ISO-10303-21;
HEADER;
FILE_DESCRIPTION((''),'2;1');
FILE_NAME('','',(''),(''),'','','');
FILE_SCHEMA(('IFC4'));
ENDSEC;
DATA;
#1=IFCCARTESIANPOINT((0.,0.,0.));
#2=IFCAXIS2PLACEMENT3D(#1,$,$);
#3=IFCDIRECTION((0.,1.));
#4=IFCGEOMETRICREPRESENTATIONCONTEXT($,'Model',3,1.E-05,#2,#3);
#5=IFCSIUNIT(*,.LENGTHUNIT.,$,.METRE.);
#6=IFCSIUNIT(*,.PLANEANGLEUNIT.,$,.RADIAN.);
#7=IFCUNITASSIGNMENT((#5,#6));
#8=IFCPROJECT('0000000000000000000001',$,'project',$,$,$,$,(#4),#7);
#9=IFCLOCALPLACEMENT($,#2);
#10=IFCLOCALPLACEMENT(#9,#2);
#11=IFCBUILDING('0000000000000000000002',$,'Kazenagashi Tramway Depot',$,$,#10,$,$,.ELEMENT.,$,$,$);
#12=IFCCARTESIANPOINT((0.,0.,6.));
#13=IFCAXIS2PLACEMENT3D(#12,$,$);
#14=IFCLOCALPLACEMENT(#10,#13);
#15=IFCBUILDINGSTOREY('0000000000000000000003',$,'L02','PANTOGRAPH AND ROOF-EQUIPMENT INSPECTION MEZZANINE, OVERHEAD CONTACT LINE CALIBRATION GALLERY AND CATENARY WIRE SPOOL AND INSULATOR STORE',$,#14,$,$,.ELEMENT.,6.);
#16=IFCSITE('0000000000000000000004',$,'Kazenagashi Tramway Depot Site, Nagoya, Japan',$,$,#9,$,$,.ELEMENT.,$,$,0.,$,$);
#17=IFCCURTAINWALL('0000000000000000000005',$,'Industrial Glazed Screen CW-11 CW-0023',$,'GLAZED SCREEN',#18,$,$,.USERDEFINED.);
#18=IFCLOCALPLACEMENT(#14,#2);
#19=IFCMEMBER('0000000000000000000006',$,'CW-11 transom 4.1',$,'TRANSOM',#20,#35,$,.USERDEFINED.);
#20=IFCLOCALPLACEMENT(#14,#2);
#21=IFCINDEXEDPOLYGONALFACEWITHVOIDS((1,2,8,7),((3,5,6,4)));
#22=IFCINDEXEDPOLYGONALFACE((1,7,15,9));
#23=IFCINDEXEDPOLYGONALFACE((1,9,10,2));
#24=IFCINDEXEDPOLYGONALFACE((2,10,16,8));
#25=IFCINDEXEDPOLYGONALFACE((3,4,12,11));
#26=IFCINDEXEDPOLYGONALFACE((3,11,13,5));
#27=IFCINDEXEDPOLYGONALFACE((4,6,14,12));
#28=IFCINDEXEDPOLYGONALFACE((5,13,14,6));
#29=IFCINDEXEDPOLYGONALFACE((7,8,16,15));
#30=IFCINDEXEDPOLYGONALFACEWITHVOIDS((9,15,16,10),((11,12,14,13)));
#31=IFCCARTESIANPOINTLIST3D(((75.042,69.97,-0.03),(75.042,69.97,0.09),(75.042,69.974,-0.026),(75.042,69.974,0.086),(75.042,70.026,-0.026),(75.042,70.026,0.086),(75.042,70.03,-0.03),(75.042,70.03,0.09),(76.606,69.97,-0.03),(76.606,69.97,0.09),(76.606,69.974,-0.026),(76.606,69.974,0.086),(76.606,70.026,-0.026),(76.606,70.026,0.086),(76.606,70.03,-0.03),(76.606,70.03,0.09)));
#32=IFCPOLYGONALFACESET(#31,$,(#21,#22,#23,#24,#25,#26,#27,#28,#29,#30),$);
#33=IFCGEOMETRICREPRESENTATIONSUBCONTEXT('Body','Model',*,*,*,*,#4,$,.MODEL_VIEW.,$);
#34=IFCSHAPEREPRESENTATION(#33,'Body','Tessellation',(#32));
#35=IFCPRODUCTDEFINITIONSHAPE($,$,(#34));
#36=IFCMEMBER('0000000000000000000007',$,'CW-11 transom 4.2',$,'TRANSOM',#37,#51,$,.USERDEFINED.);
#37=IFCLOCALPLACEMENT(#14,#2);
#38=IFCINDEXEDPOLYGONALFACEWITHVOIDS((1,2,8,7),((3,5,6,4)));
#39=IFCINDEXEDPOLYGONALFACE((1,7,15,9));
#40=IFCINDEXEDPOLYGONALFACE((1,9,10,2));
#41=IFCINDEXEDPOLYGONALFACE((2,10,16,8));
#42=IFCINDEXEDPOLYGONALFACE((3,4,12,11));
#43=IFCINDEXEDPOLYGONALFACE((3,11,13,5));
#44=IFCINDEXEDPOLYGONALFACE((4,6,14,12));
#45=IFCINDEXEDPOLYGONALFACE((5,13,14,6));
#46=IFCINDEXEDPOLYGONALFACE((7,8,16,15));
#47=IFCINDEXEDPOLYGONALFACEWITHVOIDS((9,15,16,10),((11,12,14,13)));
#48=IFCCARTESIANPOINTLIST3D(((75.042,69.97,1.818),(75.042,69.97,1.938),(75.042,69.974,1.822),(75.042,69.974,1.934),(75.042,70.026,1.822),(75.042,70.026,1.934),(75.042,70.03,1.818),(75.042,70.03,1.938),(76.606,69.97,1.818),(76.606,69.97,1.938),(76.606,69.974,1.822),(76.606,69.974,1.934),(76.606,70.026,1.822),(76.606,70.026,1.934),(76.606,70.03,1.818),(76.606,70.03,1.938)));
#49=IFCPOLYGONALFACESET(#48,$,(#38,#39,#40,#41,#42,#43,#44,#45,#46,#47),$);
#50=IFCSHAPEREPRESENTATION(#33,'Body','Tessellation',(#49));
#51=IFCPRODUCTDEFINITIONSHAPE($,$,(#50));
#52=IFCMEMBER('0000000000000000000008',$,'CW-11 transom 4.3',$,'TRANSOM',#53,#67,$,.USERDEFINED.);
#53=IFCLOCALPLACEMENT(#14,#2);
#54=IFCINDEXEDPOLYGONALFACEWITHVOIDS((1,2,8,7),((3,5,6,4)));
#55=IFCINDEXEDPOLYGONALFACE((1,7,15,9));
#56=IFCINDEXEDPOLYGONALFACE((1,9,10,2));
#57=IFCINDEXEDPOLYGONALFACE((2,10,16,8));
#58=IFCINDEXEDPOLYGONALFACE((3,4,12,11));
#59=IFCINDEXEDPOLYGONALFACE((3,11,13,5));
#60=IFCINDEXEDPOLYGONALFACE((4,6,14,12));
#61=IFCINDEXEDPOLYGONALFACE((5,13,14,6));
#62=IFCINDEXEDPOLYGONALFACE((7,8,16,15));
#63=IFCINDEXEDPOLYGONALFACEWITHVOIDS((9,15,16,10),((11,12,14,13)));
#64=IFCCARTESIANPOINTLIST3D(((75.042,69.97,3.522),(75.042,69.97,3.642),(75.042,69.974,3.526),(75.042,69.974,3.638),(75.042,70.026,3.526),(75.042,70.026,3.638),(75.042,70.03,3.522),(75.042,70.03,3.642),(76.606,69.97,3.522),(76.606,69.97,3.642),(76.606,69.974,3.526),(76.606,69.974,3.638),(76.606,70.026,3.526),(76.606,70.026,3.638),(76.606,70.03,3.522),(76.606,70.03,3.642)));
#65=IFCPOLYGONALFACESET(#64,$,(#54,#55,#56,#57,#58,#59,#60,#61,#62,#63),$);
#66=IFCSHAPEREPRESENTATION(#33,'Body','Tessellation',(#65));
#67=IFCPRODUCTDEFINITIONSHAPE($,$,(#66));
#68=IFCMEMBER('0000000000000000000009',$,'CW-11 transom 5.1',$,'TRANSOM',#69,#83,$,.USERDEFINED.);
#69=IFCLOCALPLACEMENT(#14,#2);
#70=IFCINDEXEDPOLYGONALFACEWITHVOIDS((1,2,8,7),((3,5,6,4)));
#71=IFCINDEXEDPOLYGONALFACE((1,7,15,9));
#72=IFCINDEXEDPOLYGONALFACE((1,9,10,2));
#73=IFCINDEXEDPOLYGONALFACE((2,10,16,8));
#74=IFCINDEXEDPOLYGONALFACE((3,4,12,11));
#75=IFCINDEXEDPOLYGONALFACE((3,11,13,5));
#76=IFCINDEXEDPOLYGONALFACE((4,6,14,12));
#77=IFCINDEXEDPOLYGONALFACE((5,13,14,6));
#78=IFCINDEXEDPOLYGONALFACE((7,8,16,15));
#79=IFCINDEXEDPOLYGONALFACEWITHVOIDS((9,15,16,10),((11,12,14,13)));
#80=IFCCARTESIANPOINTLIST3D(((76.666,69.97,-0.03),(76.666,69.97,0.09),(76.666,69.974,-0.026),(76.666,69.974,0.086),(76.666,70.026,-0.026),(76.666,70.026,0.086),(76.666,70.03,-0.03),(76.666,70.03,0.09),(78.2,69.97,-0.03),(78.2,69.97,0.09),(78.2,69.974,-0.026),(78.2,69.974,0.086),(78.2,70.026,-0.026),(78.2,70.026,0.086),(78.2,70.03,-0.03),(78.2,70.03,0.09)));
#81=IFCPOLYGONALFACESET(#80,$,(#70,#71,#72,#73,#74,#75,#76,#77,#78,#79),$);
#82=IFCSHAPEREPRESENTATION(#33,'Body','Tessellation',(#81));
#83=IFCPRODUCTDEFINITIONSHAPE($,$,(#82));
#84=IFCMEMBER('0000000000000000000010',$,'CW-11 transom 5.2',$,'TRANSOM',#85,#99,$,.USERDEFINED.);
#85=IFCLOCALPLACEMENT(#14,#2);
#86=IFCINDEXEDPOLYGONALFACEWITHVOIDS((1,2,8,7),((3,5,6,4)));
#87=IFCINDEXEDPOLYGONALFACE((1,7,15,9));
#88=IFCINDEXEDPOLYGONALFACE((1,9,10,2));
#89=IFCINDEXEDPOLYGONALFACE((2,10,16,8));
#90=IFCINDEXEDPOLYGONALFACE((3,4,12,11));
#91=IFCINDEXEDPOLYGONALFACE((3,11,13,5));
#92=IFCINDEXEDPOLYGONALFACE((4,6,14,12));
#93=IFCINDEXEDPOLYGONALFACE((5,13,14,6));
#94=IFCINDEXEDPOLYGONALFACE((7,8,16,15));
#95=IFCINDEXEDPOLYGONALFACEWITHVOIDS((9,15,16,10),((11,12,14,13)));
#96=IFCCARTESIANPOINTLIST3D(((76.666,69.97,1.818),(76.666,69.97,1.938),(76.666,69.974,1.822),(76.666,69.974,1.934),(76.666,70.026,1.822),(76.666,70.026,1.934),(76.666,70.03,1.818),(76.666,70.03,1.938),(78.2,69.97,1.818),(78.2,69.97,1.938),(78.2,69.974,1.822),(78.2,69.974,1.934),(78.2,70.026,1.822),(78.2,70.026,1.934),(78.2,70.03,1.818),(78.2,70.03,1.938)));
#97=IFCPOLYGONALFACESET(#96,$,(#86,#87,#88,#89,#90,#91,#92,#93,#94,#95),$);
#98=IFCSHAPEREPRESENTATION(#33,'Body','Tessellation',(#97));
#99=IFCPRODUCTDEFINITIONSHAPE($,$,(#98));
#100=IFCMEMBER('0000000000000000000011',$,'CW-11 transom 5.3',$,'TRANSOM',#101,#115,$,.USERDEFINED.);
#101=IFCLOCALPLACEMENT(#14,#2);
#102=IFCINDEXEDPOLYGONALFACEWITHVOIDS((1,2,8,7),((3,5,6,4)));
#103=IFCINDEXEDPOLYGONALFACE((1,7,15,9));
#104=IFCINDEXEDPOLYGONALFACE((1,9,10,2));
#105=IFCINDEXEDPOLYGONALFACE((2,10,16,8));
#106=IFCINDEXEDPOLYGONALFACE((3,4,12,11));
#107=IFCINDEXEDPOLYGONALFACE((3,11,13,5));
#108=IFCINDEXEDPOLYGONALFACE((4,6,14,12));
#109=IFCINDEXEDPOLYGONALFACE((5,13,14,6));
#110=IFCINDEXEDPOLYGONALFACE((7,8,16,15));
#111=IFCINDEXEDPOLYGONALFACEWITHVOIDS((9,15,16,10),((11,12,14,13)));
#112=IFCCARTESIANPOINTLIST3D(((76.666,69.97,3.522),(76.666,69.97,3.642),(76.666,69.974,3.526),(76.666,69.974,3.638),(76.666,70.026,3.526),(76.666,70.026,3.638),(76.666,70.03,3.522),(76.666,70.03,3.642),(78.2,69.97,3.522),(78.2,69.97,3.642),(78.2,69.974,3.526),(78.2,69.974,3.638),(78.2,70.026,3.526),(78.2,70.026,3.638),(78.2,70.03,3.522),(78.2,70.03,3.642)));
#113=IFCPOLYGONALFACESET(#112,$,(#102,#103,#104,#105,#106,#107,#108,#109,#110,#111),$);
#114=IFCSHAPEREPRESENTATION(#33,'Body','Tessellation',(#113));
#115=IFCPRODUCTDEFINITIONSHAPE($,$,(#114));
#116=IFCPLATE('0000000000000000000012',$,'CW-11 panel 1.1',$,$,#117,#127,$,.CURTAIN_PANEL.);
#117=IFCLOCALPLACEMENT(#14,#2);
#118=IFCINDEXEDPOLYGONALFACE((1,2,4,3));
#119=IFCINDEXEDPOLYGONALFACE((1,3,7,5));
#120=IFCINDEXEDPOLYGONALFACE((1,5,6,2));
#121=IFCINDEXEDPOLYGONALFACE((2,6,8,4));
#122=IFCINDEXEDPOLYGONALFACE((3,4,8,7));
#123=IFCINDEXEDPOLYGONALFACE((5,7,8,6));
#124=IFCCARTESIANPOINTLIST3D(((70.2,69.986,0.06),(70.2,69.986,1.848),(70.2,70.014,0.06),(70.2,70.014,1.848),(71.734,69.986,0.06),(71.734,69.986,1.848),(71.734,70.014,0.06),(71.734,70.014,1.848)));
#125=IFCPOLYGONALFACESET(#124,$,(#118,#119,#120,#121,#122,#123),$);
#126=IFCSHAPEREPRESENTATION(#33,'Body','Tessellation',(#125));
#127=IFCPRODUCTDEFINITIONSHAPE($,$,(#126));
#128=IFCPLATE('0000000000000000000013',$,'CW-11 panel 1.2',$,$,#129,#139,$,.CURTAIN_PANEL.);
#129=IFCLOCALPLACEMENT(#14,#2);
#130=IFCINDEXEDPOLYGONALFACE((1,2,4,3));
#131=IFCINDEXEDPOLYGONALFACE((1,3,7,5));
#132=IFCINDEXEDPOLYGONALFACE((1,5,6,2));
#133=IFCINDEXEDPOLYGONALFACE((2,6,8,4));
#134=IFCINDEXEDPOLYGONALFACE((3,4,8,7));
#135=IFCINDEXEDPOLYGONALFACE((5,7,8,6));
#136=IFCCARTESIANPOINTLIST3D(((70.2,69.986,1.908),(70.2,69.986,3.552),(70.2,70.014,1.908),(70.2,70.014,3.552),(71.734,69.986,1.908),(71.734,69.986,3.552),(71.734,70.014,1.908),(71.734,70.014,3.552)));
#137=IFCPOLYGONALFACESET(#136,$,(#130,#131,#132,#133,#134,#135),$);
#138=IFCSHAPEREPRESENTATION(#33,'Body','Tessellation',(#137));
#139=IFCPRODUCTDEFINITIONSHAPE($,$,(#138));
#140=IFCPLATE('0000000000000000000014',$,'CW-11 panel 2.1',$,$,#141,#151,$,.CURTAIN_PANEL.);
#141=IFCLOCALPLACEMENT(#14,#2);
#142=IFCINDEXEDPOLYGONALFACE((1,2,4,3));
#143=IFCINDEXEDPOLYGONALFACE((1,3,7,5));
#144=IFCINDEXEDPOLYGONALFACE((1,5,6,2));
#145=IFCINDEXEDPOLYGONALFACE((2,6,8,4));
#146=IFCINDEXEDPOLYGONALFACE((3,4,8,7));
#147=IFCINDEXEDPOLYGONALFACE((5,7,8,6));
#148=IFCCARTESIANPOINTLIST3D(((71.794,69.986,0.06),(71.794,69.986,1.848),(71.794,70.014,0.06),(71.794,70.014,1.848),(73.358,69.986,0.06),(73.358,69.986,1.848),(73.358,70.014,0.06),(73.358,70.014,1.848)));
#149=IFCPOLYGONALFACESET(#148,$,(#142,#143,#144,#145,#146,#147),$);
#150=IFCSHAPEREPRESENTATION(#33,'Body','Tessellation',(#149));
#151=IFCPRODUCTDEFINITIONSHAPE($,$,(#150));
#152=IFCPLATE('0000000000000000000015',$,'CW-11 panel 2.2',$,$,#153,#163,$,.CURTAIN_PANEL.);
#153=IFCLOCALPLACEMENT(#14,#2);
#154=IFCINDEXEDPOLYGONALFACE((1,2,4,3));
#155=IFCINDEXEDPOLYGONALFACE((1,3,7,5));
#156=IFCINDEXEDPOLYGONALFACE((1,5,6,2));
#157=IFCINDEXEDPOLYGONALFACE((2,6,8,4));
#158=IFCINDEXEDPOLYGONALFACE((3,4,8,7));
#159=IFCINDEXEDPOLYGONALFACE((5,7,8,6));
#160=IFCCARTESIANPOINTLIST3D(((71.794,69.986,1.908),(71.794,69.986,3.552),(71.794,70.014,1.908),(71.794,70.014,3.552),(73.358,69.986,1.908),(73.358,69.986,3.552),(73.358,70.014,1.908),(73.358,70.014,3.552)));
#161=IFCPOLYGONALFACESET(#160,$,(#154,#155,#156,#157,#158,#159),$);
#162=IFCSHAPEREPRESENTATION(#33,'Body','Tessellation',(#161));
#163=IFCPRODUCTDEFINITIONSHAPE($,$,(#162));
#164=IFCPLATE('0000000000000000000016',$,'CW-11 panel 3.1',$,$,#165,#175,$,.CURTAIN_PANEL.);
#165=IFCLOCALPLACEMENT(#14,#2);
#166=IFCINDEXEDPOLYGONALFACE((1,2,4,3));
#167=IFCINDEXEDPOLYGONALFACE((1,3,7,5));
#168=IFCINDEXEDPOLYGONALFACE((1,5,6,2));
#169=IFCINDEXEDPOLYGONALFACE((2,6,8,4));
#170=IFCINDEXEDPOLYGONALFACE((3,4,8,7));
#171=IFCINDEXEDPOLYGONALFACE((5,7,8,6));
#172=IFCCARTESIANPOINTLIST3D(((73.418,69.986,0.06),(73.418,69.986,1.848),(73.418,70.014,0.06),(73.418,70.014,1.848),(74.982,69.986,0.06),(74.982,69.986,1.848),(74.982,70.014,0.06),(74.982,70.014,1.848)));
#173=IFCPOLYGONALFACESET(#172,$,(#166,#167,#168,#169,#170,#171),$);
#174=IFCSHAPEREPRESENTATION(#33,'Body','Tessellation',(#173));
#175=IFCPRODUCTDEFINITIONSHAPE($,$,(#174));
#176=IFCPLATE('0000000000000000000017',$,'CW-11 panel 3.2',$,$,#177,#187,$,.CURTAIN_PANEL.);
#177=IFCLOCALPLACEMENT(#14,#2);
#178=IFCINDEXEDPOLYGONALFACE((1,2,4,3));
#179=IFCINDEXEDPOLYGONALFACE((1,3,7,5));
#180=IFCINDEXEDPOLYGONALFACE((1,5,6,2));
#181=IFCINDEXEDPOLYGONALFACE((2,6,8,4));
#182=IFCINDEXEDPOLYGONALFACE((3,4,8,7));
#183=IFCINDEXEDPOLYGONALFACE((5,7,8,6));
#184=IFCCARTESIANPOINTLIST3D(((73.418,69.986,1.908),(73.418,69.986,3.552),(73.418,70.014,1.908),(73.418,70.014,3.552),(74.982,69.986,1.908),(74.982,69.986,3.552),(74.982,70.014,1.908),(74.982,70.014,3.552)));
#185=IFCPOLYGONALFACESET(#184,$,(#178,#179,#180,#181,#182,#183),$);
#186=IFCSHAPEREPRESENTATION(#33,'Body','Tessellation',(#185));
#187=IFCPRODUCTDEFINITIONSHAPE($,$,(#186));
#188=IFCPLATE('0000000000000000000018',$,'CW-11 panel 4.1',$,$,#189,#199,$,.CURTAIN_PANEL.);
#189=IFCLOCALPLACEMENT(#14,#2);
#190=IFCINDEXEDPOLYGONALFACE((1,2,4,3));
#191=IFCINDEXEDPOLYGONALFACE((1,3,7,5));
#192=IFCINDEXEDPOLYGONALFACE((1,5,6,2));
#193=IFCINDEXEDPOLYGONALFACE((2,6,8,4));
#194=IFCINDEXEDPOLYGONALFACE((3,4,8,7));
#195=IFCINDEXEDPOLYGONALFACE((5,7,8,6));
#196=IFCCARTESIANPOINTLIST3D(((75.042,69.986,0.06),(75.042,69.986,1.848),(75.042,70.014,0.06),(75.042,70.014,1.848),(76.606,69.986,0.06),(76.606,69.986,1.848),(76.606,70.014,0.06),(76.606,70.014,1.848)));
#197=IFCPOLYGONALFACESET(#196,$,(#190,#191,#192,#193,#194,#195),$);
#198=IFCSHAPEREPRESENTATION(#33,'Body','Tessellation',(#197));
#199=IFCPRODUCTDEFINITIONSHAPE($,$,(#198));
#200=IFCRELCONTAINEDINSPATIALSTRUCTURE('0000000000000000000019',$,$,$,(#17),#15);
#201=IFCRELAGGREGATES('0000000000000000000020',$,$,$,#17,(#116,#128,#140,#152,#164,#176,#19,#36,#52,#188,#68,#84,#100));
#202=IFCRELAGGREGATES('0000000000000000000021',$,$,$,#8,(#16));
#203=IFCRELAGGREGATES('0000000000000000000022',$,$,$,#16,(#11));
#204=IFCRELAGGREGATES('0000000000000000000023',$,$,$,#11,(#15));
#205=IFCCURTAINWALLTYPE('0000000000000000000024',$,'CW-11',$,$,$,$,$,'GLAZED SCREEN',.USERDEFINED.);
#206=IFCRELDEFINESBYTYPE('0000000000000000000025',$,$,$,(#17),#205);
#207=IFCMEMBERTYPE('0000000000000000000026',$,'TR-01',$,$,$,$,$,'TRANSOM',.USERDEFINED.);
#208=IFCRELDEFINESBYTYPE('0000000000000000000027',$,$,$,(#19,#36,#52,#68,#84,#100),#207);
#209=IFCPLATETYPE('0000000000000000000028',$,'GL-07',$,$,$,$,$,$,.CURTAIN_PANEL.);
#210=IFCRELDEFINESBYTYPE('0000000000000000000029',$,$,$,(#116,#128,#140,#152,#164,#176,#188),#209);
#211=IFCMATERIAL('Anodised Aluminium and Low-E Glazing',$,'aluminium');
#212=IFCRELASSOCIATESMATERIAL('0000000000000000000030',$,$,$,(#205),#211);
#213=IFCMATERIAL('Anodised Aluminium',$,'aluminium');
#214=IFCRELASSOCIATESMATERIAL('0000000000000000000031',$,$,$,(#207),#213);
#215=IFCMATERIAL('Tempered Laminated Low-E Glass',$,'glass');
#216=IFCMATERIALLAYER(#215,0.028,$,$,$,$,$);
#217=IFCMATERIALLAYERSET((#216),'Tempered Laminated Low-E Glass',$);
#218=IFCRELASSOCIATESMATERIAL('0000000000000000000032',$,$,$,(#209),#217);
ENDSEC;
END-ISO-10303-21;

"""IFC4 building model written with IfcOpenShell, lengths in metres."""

from ifc_helpers import new_model, si_unit, direction, frame, origin, origin_2d, place, context, subcontext, project, spatial, rectangle, hollow_rectangle, extrude, material, layer, layer_set, material_profile, profile_set, type_object, element, aggregate, save


model = new_model("IFC4")

# Units and contexts
model_context = context("Model", 3, precision=1e-05, world=origin(), true_north=direction((0.0, 1.0)))
body_context = subcontext(model_context, "Body", "Model", "MODEL_VIEW")
ifc_project = project(units=[si_unit("LENGTHUNIT", "METRE"), si_unit("PLANEANGLEUNIT", "RADIAN")], contexts=[model_context])

# Site, building, storey
site_placement = place(None, origin())
site = spatial("IfcSite", under=ifc_project, at=site_placement, Name="Kazenagashi Tramway Depot Site, Nagoya, Japan", CompositionType="ELEMENT", RefElevation=0.0)
building_placement = place(site_placement, origin())
building = spatial("IfcBuilding", under=site, at=building_placement, Name="Kazenagashi Tramway Depot", CompositionType="ELEMENT")
storey_placement = place(building_placement, frame((0.0, 0.0, 6.0)))
storey = spatial("IfcBuildingStorey", under=building, at=storey_placement, Name="L02", Description="PANTOGRAPH AND ROOF-EQUIPMENT INSPECTION MEZZANINE, OVERHEAD CONTACT LINE CALIBRATION GALLERY AND CATENARY WIRE SPOOL AND INSULATOR STORE", CompositionType="ELEMENT", Elevation=6.0)

# Curtain wall
ifc_material_1 = material(Name="Anodised Aluminium and Low-E Glazing", Category="aluminium")
curtain_wall_type = type_object("IfcCurtainWallType", Name="CW-11", ElementType="GLAZED SCREEN", PredefinedType="USERDEFINED", material=ifc_material_1)
curtain_wall_placement = place(storey_placement, origin())
curtain_wall = element("IfcCurtainWall", 1, at=curtain_wall_placement, inside=storey, type_object=curtain_wall_type, Name="Industrial Glazed Screen CW-11 CW-0023", ObjectType="GLAZED SCREEN", PredefinedType="USERDEFINED")
ifc_material_2 = material(Name="Anodised Aluminium", Category="aluminium")

# Members
ifc_material_profile_1 = material_profile(ifc_material_2, hollow_rectangle(XDim=0.06, YDim=0.12, WallThickness=0.004, at=origin_2d()), Name="RHS-120x60x4")
ifc_profile_set_1 = profile_set([ifc_material_profile_1], Name="Anodised Aluminium")
member_type_1 = type_object("IfcMemberType", Name="TR-01", ElementType="TRANSOM", PredefinedType="USERDEFINED", material=ifc_profile_set_1)
member_1_placement = place(storey_placement, frame((75.042, 70.0, 0.03), z_axis=(1.0, 0.0, 0.0), x_axis=(0.0, 1.0, 0.0)))
member_1 = element("IfcMember", 2, at=member_1_placement, type_object=member_type_1, Name="CW-11 transom 4.1", ObjectType="TRANSOM", PredefinedType="USERDEFINED", context=body_context, shape_type="SweptSolid", body=[
    extrude(hollow_rectangle(XDim=0.06, YDim=0.12, WallThickness=0.004, at=origin_2d()), origin(), (0.0, 0.0, 1.0), 1.564),
])
member_2_placement = place(storey_placement, frame((75.042, 70.0, 1.878), z_axis=(1.0, 0.0, 0.0), x_axis=(0.0, 1.0, 0.0)))
member_2 = element("IfcMember", 3, at=member_2_placement, type_object=member_type_1, Name="CW-11 transom 4.2", ObjectType="TRANSOM", PredefinedType="USERDEFINED", context=body_context, shape_type="SweptSolid", body=[
    extrude(hollow_rectangle(XDim=0.06, YDim=0.12, WallThickness=0.004, at=origin_2d()), origin(), (0.0, 0.0, 1.0), 1.564),
])
member_3_placement = place(storey_placement, frame((75.042, 70.0, 3.582), z_axis=(1.0, 0.0, 0.0), x_axis=(0.0, 1.0, 0.0)))
member_3 = element("IfcMember", 4, at=member_3_placement, type_object=member_type_1, Name="CW-11 transom 4.3", ObjectType="TRANSOM", PredefinedType="USERDEFINED", context=body_context, shape_type="SweptSolid", body=[
    extrude(hollow_rectangle(XDim=0.06, YDim=0.12, WallThickness=0.004, at=origin_2d()), origin(), (0.0, 0.0, 1.0), 1.564),
])
member_4_placement = place(storey_placement, frame((76.666, 70.0, 0.03), z_axis=(1.0, 0.0, 0.0), x_axis=(0.0, 1.0, 0.0)))
member_4 = element("IfcMember", 5, at=member_4_placement, type_object=member_type_1, Name="CW-11 transom 5.1", ObjectType="TRANSOM", PredefinedType="USERDEFINED", context=body_context, shape_type="SweptSolid", body=[
    extrude(hollow_rectangle(XDim=0.06, YDim=0.12, WallThickness=0.004, at=origin_2d()), origin(), (0.0, 0.0, 1.0), 1.534),
])
member_5_placement = place(storey_placement, frame((76.666, 70.0, 1.878), z_axis=(1.0, 0.0, 0.0), x_axis=(0.0, 1.0, 0.0)))
member_5 = element("IfcMember", 6, at=member_5_placement, type_object=member_type_1, Name="CW-11 transom 5.2", ObjectType="TRANSOM", PredefinedType="USERDEFINED", context=body_context, shape_type="SweptSolid", body=[
    extrude(hollow_rectangle(XDim=0.06, YDim=0.12, WallThickness=0.004, at=origin_2d()), origin(), (0.0, 0.0, 1.0), 1.534),
])
member_6_placement = place(storey_placement, frame((76.666, 70.0, 3.582), z_axis=(1.0, 0.0, 0.0), x_axis=(0.0, 1.0, 0.0)))
member_6 = element("IfcMember", 7, at=member_6_placement, type_object=member_type_1, Name="CW-11 transom 5.3", ObjectType="TRANSOM", PredefinedType="USERDEFINED", context=body_context, shape_type="SweptSolid", body=[
    extrude(hollow_rectangle(XDim=0.06, YDim=0.12, WallThickness=0.004, at=origin_2d()), origin(), (0.0, 0.0, 1.0), 1.534),
])

# Plates
ifc_material_3 = material(Name="Tempered Laminated Low-E Glass", Category="glass")
ifc_layer = layer(ifc_material_3, 0.028)
ifc_layer_set = layer_set([ifc_layer], Name="Tempered Laminated Low-E Glass")
plate_type = type_object("IfcPlateType", Name="GL-07", PredefinedType="CURTAIN_PANEL", material=ifc_layer_set)
plate_1_placement = place(storey_placement, frame((70.967, 70.0, 0.06), z_axis=(0.0, 0.0, 1.0), x_axis=(1.0, 0.0, 0.0)))
plate_1 = element("IfcPlate", 8, at=plate_1_placement, type_object=plate_type, Name="CW-11 panel 1.1", PredefinedType="CURTAIN_PANEL", context=body_context, shape_type="SweptSolid", body=[
    extrude(rectangle(XDim=1.534, YDim=0.028, at=origin_2d()), origin(), (0.0, 0.0, 1.0), 1.788),
])
plate_2_placement = place(storey_placement, frame((70.967, 70.0, 1.908), z_axis=(0.0, 0.0, 1.0), x_axis=(1.0, 0.0, 0.0)))
plate_2 = element("IfcPlate", 9, at=plate_2_placement, type_object=plate_type, Name="CW-11 panel 1.2", PredefinedType="CURTAIN_PANEL", context=body_context, shape_type="SweptSolid", body=[
    extrude(rectangle(XDim=1.534, YDim=0.028, at=origin_2d()), origin(), (0.0, 0.0, 1.0), 1.644),
])
plate_3_placement = place(storey_placement, frame((72.576, 70.0, 0.06), z_axis=(0.0, 0.0, 1.0), x_axis=(1.0, 0.0, 0.0)))
plate_3 = element("IfcPlate", 10, at=plate_3_placement, type_object=plate_type, Name="CW-11 panel 2.1", PredefinedType="CURTAIN_PANEL", context=body_context, shape_type="SweptSolid", body=[
    extrude(rectangle(XDim=1.564, YDim=0.028, at=origin_2d()), origin(), (0.0, 0.0, 1.0), 1.788),
])
plate_4_placement = place(storey_placement, frame((72.576, 70.0, 1.908), z_axis=(0.0, 0.0, 1.0), x_axis=(1.0, 0.0, 0.0)))
plate_4 = element("IfcPlate", 11, at=plate_4_placement, type_object=plate_type, Name="CW-11 panel 2.2", PredefinedType="CURTAIN_PANEL", context=body_context, shape_type="SweptSolid", body=[
    extrude(rectangle(XDim=1.564, YDim=0.028, at=origin_2d()), origin(), (0.0, 0.0, 1.0), 1.644),
])
plate_5_placement = place(storey_placement, frame((74.2, 70.0, 0.06), z_axis=(0.0, 0.0, 1.0), x_axis=(1.0, 0.0, 0.0)))
plate_5 = element("IfcPlate", 12, at=plate_5_placement, type_object=plate_type, Name="CW-11 panel 3.1", PredefinedType="CURTAIN_PANEL", context=body_context, shape_type="SweptSolid", body=[
    extrude(rectangle(XDim=1.564, YDim=0.028, at=origin_2d()), origin(), (0.0, 0.0, 1.0), 1.788),
])
plate_6_placement = place(storey_placement, frame((74.2, 70.0, 1.908), z_axis=(0.0, 0.0, 1.0), x_axis=(1.0, 0.0, 0.0)))
plate_6 = element("IfcPlate", 13, at=plate_6_placement, type_object=plate_type, Name="CW-11 panel 3.2", PredefinedType="CURTAIN_PANEL", context=body_context, shape_type="SweptSolid", body=[
    extrude(rectangle(XDim=1.564, YDim=0.028, at=origin_2d()), origin(), (0.0, 0.0, 1.0), 1.644),
])
plate_7_placement = place(storey_placement, frame((75.824, 70.0, 0.06), z_axis=(0.0, 0.0, 1.0), x_axis=(1.0, 0.0, 0.0)))
plate_7 = element("IfcPlate", 14, at=plate_7_placement, type_object=plate_type, Name="CW-11 panel 4.1", PredefinedType="CURTAIN_PANEL", context=body_context, shape_type="SweptSolid", body=[
    extrude(rectangle(XDim=1.564, YDim=0.028, at=origin_2d()), origin(), (0.0, 0.0, 1.0), 1.788),
])
aggregate(curtain_wall, [plate_1, plate_2, plate_3, plate_4, plate_5, plate_6, member_1, member_2, member_3, plate_7, member_4, member_5, member_6])

save(model, "model.ifc")
